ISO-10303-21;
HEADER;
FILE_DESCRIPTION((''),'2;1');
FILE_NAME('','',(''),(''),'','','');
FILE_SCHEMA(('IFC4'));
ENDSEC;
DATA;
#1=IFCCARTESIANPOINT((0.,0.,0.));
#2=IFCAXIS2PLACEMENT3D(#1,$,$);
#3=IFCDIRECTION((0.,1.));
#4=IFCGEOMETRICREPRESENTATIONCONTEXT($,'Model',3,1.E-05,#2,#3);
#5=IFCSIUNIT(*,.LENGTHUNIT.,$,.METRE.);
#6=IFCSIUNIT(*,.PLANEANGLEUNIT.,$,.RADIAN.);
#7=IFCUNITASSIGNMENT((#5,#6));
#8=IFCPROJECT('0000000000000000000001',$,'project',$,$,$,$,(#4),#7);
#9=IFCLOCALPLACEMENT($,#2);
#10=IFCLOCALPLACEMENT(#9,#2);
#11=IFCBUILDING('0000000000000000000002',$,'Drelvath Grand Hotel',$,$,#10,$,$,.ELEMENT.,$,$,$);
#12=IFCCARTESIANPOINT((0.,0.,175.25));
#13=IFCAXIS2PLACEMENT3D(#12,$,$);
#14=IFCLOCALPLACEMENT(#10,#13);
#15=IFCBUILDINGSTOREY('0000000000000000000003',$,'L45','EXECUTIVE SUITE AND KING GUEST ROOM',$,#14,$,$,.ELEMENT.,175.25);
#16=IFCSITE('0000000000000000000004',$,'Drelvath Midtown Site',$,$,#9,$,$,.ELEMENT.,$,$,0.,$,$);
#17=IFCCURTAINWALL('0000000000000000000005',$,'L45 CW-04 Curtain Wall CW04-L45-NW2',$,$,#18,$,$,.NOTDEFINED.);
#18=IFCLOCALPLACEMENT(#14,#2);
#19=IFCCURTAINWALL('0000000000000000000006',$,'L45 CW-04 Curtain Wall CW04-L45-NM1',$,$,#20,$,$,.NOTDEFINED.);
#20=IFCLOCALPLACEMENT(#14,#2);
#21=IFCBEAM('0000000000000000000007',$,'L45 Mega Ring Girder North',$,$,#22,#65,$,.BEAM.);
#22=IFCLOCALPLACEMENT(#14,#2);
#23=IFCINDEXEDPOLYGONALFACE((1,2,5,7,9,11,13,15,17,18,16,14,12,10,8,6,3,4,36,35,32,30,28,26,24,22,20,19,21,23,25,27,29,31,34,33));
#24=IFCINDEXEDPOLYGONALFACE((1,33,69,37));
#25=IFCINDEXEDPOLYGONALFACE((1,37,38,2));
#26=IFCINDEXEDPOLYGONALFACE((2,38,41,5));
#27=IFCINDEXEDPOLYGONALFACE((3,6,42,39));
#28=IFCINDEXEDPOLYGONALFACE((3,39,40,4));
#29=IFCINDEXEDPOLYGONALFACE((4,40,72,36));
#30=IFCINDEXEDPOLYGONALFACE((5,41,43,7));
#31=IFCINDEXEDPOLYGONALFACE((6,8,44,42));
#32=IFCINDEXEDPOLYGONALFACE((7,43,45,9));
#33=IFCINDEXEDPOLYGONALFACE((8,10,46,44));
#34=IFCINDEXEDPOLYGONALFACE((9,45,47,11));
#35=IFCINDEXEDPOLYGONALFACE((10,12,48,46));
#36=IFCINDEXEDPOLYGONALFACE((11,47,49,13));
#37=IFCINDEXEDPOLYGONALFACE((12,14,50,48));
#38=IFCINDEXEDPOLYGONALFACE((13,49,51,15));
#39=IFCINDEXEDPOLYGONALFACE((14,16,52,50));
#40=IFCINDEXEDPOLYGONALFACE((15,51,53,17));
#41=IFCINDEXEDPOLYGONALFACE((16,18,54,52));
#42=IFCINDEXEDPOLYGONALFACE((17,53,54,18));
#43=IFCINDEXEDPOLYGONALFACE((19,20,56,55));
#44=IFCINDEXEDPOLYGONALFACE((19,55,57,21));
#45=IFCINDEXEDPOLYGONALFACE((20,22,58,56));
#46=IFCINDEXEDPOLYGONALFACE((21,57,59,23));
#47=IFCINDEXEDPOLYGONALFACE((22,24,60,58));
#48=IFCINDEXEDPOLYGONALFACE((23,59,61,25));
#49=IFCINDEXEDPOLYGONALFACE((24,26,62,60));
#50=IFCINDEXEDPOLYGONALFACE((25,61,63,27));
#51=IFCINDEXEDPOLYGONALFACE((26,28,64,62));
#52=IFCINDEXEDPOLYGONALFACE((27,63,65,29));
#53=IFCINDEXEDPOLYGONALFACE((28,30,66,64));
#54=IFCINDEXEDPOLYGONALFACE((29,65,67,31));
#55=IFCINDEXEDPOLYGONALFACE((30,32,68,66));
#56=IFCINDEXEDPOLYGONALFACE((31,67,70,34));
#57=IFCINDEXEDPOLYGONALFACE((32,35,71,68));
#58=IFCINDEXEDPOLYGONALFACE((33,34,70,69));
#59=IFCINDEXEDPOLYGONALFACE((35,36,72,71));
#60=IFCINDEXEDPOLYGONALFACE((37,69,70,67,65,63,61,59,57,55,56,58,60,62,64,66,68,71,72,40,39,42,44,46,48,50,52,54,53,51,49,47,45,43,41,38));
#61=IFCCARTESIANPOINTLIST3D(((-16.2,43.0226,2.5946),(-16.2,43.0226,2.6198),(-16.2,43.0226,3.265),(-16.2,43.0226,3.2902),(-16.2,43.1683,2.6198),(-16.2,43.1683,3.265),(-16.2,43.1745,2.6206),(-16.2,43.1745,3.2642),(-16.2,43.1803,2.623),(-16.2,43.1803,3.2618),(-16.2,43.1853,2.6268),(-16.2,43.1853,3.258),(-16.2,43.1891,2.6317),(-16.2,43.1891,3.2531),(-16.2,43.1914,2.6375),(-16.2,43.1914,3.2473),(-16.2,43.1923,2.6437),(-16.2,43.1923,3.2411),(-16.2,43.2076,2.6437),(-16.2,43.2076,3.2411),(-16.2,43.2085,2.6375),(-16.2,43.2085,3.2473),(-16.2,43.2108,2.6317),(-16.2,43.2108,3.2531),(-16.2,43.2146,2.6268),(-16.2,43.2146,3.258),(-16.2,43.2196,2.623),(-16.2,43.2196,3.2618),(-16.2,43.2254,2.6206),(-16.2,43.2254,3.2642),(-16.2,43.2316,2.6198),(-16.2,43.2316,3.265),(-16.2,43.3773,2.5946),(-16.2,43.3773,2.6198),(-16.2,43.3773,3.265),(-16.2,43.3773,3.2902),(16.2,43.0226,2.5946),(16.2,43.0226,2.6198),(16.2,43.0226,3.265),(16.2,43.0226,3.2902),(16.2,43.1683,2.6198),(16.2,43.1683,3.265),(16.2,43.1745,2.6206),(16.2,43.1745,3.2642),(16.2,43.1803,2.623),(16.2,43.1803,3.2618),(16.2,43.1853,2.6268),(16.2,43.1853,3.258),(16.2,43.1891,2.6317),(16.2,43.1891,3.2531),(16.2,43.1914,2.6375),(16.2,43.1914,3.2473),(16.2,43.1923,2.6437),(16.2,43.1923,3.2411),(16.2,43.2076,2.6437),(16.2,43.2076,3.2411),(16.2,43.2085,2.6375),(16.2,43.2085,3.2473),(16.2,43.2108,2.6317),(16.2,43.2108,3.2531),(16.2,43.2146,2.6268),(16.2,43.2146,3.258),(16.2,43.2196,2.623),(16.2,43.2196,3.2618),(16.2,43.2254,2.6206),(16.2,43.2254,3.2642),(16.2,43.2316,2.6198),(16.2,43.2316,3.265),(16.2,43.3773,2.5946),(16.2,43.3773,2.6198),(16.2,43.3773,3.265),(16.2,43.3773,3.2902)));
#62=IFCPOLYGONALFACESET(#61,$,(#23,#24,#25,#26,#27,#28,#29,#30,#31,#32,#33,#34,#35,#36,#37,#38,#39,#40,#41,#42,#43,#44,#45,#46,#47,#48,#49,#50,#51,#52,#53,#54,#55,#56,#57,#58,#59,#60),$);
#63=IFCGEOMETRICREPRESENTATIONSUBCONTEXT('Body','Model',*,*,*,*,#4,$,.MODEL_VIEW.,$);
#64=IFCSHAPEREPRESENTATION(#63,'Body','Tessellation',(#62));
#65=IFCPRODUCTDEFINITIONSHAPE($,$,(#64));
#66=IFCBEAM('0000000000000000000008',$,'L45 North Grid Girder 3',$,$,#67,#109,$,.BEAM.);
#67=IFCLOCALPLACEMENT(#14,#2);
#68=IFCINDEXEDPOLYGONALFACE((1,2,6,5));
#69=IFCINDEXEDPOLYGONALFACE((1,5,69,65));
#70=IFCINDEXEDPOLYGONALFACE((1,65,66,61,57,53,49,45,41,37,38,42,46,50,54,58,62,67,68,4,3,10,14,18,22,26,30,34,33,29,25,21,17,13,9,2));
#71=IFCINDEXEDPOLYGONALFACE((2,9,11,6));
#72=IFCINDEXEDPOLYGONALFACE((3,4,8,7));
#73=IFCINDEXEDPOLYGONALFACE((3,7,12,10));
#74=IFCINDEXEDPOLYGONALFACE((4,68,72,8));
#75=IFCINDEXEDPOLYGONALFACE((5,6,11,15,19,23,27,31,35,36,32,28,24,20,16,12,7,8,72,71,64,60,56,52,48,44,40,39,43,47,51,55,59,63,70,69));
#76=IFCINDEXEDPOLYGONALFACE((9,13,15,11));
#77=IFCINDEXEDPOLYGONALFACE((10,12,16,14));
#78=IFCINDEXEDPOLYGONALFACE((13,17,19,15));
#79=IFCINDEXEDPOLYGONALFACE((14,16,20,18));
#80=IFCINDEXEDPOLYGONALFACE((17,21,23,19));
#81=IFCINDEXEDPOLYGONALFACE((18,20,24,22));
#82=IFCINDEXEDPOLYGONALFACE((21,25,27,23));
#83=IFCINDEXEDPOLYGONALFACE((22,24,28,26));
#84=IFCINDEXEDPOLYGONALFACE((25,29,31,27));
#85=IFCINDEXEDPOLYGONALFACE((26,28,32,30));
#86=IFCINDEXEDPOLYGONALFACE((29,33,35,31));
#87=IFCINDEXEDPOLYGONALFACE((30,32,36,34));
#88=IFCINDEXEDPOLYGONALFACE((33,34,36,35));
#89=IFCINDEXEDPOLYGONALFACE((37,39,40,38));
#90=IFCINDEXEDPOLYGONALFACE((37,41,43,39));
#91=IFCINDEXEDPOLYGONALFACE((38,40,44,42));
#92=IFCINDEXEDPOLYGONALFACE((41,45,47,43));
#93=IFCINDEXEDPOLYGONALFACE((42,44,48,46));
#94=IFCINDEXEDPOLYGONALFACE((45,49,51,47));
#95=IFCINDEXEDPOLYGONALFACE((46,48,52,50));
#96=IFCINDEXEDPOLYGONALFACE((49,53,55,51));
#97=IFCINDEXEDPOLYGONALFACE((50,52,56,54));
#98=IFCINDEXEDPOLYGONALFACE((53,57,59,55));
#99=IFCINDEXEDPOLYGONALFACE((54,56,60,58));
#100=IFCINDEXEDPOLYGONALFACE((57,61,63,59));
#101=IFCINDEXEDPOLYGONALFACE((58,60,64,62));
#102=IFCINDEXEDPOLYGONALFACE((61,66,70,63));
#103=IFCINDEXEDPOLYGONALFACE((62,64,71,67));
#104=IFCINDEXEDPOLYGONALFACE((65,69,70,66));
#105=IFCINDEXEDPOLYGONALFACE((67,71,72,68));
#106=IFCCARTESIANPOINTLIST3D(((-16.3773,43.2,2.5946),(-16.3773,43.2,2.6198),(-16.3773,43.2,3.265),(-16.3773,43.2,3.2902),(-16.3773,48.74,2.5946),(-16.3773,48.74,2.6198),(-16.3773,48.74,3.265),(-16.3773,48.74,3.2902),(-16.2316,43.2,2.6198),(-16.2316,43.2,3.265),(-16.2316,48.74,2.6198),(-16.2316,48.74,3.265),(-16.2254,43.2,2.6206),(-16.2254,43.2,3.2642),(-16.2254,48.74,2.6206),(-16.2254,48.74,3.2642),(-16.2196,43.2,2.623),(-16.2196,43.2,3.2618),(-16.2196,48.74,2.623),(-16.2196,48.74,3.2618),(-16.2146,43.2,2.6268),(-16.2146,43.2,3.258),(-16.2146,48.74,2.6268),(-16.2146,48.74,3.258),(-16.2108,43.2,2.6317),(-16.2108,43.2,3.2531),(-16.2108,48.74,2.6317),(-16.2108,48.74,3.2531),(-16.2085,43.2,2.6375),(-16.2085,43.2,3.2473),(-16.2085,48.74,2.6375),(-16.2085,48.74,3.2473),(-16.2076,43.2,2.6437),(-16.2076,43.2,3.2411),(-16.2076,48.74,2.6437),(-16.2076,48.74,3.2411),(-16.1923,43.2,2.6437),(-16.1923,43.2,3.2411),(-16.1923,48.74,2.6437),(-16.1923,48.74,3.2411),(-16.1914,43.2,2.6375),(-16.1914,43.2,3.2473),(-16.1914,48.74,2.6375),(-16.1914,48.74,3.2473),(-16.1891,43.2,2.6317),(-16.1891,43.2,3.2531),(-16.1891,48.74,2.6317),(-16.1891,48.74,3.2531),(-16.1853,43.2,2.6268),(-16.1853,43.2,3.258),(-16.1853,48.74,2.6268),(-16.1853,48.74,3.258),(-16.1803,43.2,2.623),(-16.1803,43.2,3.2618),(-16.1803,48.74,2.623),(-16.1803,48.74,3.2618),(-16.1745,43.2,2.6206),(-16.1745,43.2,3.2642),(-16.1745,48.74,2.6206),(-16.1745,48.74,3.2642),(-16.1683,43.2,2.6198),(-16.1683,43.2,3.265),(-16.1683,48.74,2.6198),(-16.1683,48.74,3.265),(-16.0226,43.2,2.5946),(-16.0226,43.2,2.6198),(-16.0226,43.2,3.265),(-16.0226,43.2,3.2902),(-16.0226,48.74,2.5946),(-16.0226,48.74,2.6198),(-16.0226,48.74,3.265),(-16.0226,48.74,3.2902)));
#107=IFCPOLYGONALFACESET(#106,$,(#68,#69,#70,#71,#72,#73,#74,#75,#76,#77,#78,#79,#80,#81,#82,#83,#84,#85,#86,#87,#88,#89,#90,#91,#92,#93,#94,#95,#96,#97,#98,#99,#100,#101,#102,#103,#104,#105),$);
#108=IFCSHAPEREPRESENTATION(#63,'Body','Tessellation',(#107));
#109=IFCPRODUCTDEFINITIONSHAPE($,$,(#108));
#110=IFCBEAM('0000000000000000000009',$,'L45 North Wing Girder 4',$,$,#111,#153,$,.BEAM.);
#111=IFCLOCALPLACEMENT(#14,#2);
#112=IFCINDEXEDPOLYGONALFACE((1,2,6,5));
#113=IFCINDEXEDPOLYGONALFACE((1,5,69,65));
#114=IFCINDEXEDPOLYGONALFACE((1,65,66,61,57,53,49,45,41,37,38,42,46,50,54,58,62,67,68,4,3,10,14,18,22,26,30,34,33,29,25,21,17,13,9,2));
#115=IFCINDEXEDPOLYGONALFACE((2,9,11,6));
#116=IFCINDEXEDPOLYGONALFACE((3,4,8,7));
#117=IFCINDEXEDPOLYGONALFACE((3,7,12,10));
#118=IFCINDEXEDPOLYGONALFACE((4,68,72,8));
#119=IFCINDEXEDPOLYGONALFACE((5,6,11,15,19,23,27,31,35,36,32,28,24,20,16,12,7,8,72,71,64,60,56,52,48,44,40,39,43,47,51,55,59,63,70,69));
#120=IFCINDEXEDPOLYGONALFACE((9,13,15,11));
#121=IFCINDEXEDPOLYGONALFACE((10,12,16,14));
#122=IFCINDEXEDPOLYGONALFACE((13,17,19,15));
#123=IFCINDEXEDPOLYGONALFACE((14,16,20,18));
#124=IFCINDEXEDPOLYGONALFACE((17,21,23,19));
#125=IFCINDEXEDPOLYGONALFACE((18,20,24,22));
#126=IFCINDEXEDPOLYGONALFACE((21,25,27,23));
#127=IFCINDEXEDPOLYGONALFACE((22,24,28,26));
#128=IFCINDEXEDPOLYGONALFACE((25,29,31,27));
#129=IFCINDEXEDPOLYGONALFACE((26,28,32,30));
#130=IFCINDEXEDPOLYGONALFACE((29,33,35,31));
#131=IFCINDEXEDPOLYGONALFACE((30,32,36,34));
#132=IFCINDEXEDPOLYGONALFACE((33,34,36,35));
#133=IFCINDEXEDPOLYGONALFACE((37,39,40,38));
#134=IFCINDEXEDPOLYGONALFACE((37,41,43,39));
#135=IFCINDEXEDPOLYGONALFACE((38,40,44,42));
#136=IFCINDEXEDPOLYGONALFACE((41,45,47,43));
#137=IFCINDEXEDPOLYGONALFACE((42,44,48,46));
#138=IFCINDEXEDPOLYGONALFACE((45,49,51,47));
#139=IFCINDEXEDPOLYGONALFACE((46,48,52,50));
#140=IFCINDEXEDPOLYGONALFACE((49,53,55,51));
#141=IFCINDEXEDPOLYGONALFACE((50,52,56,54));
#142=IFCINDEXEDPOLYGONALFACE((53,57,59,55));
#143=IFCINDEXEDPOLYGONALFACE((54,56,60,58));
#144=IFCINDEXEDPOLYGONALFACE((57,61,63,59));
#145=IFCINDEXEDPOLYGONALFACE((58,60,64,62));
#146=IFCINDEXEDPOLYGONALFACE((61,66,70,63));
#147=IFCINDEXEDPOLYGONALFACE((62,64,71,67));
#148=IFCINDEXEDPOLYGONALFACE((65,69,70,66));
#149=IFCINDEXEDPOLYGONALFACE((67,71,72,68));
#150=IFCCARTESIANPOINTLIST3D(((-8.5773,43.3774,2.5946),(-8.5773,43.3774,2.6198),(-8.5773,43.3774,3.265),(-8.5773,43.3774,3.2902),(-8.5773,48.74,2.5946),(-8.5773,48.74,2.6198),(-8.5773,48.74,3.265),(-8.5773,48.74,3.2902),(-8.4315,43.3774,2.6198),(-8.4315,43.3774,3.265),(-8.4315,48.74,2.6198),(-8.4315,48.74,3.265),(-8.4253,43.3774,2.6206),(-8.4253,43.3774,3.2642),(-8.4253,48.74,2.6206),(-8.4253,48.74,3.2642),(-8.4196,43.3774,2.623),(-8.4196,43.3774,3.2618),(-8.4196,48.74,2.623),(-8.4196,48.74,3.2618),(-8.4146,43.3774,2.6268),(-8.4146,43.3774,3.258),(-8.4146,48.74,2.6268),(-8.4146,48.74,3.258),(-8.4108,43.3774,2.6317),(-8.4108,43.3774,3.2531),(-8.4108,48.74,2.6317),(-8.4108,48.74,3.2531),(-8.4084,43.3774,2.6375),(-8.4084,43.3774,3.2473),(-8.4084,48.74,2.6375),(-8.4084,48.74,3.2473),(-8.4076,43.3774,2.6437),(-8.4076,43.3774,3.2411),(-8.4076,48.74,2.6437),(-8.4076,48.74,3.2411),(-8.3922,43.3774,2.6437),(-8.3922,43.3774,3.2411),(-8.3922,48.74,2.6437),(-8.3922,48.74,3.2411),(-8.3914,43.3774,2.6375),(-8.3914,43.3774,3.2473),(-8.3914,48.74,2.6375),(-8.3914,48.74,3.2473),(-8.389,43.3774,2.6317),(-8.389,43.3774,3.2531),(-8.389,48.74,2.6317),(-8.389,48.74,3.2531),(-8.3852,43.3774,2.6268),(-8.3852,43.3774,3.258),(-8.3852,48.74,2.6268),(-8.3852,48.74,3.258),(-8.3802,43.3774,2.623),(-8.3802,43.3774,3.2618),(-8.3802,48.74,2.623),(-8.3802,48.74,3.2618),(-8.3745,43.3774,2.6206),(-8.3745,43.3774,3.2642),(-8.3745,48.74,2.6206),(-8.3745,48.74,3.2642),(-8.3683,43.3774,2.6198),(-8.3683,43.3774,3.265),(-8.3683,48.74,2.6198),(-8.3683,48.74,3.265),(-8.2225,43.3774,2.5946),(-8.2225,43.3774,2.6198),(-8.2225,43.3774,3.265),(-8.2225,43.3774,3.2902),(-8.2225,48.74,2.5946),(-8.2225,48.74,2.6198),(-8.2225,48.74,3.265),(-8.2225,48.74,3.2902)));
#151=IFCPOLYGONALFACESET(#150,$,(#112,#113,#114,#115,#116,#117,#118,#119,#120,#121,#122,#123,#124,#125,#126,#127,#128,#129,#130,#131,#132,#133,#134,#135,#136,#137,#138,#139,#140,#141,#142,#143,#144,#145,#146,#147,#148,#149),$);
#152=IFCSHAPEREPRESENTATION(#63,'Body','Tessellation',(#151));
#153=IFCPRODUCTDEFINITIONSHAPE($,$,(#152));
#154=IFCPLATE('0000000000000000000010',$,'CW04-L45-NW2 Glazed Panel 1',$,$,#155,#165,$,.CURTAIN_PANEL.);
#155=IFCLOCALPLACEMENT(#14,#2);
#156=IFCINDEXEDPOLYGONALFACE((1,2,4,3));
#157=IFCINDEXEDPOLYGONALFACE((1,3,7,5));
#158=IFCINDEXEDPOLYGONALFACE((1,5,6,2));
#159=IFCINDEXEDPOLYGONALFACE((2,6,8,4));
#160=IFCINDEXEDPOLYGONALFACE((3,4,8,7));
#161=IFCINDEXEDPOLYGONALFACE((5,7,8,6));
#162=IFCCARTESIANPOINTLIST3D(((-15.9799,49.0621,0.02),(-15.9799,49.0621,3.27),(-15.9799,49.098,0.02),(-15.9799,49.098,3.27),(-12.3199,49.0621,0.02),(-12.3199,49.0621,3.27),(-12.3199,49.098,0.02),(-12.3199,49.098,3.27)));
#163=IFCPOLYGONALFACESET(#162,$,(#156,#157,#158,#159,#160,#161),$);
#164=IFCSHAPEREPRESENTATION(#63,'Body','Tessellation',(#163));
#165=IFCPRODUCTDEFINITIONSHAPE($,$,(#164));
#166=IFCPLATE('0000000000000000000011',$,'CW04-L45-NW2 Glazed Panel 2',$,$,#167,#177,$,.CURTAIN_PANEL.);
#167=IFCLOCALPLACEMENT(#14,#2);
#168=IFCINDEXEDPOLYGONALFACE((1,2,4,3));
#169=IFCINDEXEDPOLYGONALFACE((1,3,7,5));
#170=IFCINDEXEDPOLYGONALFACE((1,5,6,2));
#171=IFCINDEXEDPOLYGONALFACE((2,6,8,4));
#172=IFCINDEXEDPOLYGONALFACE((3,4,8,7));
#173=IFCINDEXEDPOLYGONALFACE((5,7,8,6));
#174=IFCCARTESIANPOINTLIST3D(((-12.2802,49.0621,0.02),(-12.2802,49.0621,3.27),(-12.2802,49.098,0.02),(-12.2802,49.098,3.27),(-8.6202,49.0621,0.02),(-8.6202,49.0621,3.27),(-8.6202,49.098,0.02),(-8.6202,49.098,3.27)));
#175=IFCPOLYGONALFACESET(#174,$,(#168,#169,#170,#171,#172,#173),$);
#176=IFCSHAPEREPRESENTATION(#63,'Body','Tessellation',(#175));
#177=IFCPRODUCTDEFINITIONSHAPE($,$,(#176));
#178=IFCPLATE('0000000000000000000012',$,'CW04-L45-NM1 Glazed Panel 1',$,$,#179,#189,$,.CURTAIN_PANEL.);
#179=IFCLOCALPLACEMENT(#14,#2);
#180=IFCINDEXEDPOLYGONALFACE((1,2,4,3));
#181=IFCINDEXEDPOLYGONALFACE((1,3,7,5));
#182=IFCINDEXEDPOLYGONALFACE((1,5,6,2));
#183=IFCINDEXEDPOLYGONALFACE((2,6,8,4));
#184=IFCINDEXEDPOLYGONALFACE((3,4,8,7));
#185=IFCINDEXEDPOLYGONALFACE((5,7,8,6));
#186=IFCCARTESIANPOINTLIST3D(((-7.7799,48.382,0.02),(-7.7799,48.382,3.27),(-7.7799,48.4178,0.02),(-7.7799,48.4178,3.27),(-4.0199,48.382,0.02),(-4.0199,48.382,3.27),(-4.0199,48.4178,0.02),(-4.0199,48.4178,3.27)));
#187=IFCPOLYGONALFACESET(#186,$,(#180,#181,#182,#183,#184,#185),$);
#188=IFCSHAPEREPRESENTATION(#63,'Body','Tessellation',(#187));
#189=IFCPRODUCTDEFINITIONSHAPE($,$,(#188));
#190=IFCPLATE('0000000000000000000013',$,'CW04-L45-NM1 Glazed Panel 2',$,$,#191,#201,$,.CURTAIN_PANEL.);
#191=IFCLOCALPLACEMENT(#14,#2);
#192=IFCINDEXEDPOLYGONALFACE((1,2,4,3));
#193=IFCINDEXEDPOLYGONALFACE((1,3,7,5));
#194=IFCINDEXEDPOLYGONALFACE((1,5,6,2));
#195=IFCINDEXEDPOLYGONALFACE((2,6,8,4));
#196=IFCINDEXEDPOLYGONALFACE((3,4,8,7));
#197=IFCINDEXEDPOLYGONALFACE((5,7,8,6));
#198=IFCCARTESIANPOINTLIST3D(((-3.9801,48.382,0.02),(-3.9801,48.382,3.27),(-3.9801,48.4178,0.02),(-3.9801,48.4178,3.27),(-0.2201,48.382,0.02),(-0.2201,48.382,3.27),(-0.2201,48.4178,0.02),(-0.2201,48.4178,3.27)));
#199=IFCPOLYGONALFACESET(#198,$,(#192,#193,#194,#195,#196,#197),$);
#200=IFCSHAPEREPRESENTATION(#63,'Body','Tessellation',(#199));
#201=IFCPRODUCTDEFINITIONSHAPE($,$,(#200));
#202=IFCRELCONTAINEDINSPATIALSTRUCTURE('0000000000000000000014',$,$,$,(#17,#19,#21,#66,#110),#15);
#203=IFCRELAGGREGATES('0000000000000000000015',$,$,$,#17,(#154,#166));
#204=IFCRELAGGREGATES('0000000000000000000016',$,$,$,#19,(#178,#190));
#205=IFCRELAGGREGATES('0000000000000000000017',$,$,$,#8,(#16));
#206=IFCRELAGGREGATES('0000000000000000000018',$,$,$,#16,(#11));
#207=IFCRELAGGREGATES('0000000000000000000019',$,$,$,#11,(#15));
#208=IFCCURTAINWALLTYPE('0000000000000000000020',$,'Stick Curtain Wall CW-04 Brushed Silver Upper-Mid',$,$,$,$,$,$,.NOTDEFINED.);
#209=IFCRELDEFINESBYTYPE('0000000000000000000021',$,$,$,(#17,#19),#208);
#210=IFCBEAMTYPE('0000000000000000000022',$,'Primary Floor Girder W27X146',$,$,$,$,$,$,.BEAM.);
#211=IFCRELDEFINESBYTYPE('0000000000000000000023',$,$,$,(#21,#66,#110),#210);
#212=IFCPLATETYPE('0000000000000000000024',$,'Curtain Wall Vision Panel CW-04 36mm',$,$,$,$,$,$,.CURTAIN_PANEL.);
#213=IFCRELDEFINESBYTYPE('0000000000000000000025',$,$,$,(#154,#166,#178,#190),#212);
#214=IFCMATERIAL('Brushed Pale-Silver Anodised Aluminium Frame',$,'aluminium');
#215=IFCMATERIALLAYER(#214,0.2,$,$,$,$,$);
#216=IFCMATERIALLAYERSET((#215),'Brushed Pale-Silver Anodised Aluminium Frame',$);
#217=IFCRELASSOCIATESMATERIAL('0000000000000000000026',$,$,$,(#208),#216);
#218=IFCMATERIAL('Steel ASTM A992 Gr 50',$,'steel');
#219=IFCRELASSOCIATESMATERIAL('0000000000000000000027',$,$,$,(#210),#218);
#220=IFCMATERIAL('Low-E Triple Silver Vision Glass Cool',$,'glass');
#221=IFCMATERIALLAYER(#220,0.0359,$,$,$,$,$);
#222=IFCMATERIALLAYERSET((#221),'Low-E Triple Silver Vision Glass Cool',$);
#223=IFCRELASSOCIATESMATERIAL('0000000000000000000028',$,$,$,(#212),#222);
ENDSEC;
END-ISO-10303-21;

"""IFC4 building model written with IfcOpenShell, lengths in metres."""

from ifc_helpers import new_model, si_unit, direction, frame, origin, origin_2d, place, context, subcontext, project, spatial, rectangle, i_section, extrude, material, layer, layer_set, material_profile, profile_set, type_object, element, aggregate, save


model = new_model("IFC4")

# Units and contexts
model_context = context("Model", 3, precision=1e-05, world=origin(), true_north=direction((0.0, 1.0)))
body_context = subcontext(model_context, "Body", "Model", "MODEL_VIEW")
ifc_project = project(units=[si_unit("LENGTHUNIT", "METRE"), si_unit("PLANEANGLEUNIT", "RADIAN")], contexts=[model_context])

# Site, building, storey
site_placement = place(None, origin())
site = spatial("IfcSite", under=ifc_project, at=site_placement, Name="Drelvath Midtown Site", CompositionType="ELEMENT", RefElevation=0.0)
building_placement = place(site_placement, origin())
building = spatial("IfcBuilding", under=site, at=building_placement, Name="Drelvath Grand Hotel", CompositionType="ELEMENT")
storey_placement = place(building_placement, frame((0.0, 0.0, 175.25)))
storey = spatial("IfcBuildingStorey", under=building, at=storey_placement, Name="L45", Description="EXECUTIVE SUITE AND KING GUEST ROOM", CompositionType="ELEMENT", Elevation=175.25)

# Shared definitions
ifc_material_1 = material(Name="Steel ASTM A992 Gr 50", Category="steel")

# Curtain walls
ifc_material_2 = material(Name="Brushed Pale-Silver Anodised Aluminium Frame", Category="aluminium")
ifc_layer_1 = layer(ifc_material_2, 0.2)
ifc_layer_set_1 = layer_set([ifc_layer_1], Name="Brushed Pale-Silver Anodised Aluminium Frame")
curtain_wall_type = type_object("IfcCurtainWallType", Name="Stick Curtain Wall CW-04 Brushed Silver Upper-Mid", PredefinedType="NOTDEFINED", material=ifc_layer_set_1)
curtain_wall_1_placement = place(storey_placement, origin())
curtain_wall_1 = element("IfcCurtainWall", 1, at=curtain_wall_1_placement, inside=storey, type_object=curtain_wall_type, Name="L45 CW-04 Curtain Wall CW04-L45-NW2", PredefinedType="NOTDEFINED")
curtain_wall_2_placement = place(storey_placement, origin())
curtain_wall_2 = element("IfcCurtainWall", 2, at=curtain_wall_2_placement, inside=storey, type_object=curtain_wall_type, Name="L45 CW-04 Curtain Wall CW04-L45-NM1", PredefinedType="NOTDEFINED")

# Beams
ifc_material_profile_1 = material_profile(ifc_material_1, i_section(OverallWidth=0.3547, OverallDepth=0.6956, WebThickness=0.0154, FlangeThickness=0.0251, FilletRadius=0.0239, at=origin_2d()), Name="W27X146")
ifc_profile_set_1 = profile_set([ifc_material_profile_1], Name="Steel ASTM A992 Gr 50")
beam_type_1 = type_object("IfcBeamType", Name="Primary Floor Girder W27X146", PredefinedType="BEAM", material=ifc_profile_set_1)
beam_1_placement = place(storey_placement, frame((-16.2, 43.2, 2.9424), z_axis=(1.0, 0.0, 0.0), x_axis=(0.0, 1.0, 0.0)))
element("IfcBeam", 3, at=beam_1_placement, inside=storey, type_object=beam_type_1, Name="L45 Mega Ring Girder North", PredefinedType="BEAM", context=body_context, shape_type="SweptSolid", body=[
    extrude(i_section(OverallWidth=0.3547, OverallDepth=0.6956, WebThickness=0.0154, FlangeThickness=0.0251, FilletRadius=0.0239, at=origin_2d()), origin(), (0.0, 0.0, 1.0), 32.3999),
])
beam_2_placement = place(storey_placement, frame((-16.2, 43.2, 2.9424), z_axis=(0.0, 1.0, 0.0), x_axis=(-1.0, 0.0, 0.0)))
element("IfcBeam", 4, at=beam_2_placement, inside=storey, type_object=beam_type_1, Name="L45 North Grid Girder 3", PredefinedType="BEAM", context=body_context, shape_type="SweptSolid", body=[
    extrude(i_section(OverallWidth=0.3547, OverallDepth=0.6956, WebThickness=0.0154, FlangeThickness=0.0251, FilletRadius=0.0239, at=origin_2d()), origin(), (0.0, 0.0, 1.0), 5.54),
])
beam_3_placement = place(storey_placement, frame((-8.3999, 43.3774, 2.9424), z_axis=(0.0, 1.0, 0.0), x_axis=(-1.0, 0.0, 0.0)))
element("IfcBeam", 5, at=beam_3_placement, inside=storey, type_object=beam_type_1, Name="L45 North Wing Girder 4", PredefinedType="BEAM", context=body_context, shape_type="SweptSolid", body=[
    extrude(i_section(OverallWidth=0.3547, OverallDepth=0.6956, WebThickness=0.0154, FlangeThickness=0.0251, FilletRadius=0.0239, at=origin_2d()), origin(), (0.0, 0.0, 1.0), 5.3625),
])

# Plates
ifc_material_3 = material(Name="Low-E Triple Silver Vision Glass Cool", Category="glass")
ifc_layer_2 = layer(ifc_material_3, 0.0359)
ifc_layer_set_2 = layer_set([ifc_layer_2], Name="Low-E Triple Silver Vision Glass Cool")
plate_type = type_object("IfcPlateType", Name="Curtain Wall Vision Panel CW-04 36mm", PredefinedType="CURTAIN_PANEL", material=ifc_layer_set_2)
plate_1_placement = place(storey_placement, frame((-14.1499, 49.0801, 0.02), z_axis=(0.0, 0.0, 1.0), x_axis=(1.0, 0.0, 0.0)))
plate_1 = element("IfcPlate", 6, at=plate_1_placement, type_object=plate_type, Name="CW04-L45-NW2 Glazed Panel 1", PredefinedType="CURTAIN_PANEL", context=body_context, shape_type="SweptSolid", body=[
    extrude(rectangle(XDim=3.6599, YDim=0.0359, at=origin_2d()), origin(), (0.0, 0.0, 1.0), 3.25),
])
plate_2_placement = place(storey_placement, frame((-10.4502, 49.0801, 0.02), z_axis=(0.0, 0.0, 1.0), x_axis=(1.0, 0.0, 0.0)))
plate_2 = element("IfcPlate", 7, at=plate_2_placement, type_object=plate_type, Name="CW04-L45-NW2 Glazed Panel 2", PredefinedType="CURTAIN_PANEL", context=body_context, shape_type="SweptSolid", body=[
    extrude(rectangle(XDim=3.6599, YDim=0.0359, at=origin_2d()), origin(), (0.0, 0.0, 1.0), 3.25),
])
aggregate(curtain_wall_1, [plate_1, plate_2])
plate_3_placement = place(storey_placement, frame((-5.8999, 48.3999, 0.02), z_axis=(0.0, 0.0, 1.0), x_axis=(1.0, 0.0, 0.0)))
plate_3 = element("IfcPlate", 8, at=plate_3_placement, type_object=plate_type, Name="CW04-L45-NM1 Glazed Panel 1", PredefinedType="CURTAIN_PANEL", context=body_context, shape_type="SweptSolid", body=[
    extrude(rectangle(XDim=3.76, YDim=0.0359, at=origin_2d()), origin(), (0.0, 0.0, 1.0), 3.25),
])
plate_4_placement = place(storey_placement, frame((-2.1001, 48.3999, 0.02), z_axis=(0.0, 0.0, 1.0), x_axis=(1.0, 0.0, 0.0)))
plate_4 = element("IfcPlate", 9, at=plate_4_placement, type_object=plate_type, Name="CW04-L45-NM1 Glazed Panel 2", PredefinedType="CURTAIN_PANEL", context=body_context, shape_type="SweptSolid", body=[
    extrude(rectangle(XDim=3.76, YDim=0.0359, at=origin_2d()), origin(), (0.0, 0.0, 1.0), 3.25),
])
aggregate(curtain_wall_2, [plate_3, plate_4])

save(model, "model.ifc")
